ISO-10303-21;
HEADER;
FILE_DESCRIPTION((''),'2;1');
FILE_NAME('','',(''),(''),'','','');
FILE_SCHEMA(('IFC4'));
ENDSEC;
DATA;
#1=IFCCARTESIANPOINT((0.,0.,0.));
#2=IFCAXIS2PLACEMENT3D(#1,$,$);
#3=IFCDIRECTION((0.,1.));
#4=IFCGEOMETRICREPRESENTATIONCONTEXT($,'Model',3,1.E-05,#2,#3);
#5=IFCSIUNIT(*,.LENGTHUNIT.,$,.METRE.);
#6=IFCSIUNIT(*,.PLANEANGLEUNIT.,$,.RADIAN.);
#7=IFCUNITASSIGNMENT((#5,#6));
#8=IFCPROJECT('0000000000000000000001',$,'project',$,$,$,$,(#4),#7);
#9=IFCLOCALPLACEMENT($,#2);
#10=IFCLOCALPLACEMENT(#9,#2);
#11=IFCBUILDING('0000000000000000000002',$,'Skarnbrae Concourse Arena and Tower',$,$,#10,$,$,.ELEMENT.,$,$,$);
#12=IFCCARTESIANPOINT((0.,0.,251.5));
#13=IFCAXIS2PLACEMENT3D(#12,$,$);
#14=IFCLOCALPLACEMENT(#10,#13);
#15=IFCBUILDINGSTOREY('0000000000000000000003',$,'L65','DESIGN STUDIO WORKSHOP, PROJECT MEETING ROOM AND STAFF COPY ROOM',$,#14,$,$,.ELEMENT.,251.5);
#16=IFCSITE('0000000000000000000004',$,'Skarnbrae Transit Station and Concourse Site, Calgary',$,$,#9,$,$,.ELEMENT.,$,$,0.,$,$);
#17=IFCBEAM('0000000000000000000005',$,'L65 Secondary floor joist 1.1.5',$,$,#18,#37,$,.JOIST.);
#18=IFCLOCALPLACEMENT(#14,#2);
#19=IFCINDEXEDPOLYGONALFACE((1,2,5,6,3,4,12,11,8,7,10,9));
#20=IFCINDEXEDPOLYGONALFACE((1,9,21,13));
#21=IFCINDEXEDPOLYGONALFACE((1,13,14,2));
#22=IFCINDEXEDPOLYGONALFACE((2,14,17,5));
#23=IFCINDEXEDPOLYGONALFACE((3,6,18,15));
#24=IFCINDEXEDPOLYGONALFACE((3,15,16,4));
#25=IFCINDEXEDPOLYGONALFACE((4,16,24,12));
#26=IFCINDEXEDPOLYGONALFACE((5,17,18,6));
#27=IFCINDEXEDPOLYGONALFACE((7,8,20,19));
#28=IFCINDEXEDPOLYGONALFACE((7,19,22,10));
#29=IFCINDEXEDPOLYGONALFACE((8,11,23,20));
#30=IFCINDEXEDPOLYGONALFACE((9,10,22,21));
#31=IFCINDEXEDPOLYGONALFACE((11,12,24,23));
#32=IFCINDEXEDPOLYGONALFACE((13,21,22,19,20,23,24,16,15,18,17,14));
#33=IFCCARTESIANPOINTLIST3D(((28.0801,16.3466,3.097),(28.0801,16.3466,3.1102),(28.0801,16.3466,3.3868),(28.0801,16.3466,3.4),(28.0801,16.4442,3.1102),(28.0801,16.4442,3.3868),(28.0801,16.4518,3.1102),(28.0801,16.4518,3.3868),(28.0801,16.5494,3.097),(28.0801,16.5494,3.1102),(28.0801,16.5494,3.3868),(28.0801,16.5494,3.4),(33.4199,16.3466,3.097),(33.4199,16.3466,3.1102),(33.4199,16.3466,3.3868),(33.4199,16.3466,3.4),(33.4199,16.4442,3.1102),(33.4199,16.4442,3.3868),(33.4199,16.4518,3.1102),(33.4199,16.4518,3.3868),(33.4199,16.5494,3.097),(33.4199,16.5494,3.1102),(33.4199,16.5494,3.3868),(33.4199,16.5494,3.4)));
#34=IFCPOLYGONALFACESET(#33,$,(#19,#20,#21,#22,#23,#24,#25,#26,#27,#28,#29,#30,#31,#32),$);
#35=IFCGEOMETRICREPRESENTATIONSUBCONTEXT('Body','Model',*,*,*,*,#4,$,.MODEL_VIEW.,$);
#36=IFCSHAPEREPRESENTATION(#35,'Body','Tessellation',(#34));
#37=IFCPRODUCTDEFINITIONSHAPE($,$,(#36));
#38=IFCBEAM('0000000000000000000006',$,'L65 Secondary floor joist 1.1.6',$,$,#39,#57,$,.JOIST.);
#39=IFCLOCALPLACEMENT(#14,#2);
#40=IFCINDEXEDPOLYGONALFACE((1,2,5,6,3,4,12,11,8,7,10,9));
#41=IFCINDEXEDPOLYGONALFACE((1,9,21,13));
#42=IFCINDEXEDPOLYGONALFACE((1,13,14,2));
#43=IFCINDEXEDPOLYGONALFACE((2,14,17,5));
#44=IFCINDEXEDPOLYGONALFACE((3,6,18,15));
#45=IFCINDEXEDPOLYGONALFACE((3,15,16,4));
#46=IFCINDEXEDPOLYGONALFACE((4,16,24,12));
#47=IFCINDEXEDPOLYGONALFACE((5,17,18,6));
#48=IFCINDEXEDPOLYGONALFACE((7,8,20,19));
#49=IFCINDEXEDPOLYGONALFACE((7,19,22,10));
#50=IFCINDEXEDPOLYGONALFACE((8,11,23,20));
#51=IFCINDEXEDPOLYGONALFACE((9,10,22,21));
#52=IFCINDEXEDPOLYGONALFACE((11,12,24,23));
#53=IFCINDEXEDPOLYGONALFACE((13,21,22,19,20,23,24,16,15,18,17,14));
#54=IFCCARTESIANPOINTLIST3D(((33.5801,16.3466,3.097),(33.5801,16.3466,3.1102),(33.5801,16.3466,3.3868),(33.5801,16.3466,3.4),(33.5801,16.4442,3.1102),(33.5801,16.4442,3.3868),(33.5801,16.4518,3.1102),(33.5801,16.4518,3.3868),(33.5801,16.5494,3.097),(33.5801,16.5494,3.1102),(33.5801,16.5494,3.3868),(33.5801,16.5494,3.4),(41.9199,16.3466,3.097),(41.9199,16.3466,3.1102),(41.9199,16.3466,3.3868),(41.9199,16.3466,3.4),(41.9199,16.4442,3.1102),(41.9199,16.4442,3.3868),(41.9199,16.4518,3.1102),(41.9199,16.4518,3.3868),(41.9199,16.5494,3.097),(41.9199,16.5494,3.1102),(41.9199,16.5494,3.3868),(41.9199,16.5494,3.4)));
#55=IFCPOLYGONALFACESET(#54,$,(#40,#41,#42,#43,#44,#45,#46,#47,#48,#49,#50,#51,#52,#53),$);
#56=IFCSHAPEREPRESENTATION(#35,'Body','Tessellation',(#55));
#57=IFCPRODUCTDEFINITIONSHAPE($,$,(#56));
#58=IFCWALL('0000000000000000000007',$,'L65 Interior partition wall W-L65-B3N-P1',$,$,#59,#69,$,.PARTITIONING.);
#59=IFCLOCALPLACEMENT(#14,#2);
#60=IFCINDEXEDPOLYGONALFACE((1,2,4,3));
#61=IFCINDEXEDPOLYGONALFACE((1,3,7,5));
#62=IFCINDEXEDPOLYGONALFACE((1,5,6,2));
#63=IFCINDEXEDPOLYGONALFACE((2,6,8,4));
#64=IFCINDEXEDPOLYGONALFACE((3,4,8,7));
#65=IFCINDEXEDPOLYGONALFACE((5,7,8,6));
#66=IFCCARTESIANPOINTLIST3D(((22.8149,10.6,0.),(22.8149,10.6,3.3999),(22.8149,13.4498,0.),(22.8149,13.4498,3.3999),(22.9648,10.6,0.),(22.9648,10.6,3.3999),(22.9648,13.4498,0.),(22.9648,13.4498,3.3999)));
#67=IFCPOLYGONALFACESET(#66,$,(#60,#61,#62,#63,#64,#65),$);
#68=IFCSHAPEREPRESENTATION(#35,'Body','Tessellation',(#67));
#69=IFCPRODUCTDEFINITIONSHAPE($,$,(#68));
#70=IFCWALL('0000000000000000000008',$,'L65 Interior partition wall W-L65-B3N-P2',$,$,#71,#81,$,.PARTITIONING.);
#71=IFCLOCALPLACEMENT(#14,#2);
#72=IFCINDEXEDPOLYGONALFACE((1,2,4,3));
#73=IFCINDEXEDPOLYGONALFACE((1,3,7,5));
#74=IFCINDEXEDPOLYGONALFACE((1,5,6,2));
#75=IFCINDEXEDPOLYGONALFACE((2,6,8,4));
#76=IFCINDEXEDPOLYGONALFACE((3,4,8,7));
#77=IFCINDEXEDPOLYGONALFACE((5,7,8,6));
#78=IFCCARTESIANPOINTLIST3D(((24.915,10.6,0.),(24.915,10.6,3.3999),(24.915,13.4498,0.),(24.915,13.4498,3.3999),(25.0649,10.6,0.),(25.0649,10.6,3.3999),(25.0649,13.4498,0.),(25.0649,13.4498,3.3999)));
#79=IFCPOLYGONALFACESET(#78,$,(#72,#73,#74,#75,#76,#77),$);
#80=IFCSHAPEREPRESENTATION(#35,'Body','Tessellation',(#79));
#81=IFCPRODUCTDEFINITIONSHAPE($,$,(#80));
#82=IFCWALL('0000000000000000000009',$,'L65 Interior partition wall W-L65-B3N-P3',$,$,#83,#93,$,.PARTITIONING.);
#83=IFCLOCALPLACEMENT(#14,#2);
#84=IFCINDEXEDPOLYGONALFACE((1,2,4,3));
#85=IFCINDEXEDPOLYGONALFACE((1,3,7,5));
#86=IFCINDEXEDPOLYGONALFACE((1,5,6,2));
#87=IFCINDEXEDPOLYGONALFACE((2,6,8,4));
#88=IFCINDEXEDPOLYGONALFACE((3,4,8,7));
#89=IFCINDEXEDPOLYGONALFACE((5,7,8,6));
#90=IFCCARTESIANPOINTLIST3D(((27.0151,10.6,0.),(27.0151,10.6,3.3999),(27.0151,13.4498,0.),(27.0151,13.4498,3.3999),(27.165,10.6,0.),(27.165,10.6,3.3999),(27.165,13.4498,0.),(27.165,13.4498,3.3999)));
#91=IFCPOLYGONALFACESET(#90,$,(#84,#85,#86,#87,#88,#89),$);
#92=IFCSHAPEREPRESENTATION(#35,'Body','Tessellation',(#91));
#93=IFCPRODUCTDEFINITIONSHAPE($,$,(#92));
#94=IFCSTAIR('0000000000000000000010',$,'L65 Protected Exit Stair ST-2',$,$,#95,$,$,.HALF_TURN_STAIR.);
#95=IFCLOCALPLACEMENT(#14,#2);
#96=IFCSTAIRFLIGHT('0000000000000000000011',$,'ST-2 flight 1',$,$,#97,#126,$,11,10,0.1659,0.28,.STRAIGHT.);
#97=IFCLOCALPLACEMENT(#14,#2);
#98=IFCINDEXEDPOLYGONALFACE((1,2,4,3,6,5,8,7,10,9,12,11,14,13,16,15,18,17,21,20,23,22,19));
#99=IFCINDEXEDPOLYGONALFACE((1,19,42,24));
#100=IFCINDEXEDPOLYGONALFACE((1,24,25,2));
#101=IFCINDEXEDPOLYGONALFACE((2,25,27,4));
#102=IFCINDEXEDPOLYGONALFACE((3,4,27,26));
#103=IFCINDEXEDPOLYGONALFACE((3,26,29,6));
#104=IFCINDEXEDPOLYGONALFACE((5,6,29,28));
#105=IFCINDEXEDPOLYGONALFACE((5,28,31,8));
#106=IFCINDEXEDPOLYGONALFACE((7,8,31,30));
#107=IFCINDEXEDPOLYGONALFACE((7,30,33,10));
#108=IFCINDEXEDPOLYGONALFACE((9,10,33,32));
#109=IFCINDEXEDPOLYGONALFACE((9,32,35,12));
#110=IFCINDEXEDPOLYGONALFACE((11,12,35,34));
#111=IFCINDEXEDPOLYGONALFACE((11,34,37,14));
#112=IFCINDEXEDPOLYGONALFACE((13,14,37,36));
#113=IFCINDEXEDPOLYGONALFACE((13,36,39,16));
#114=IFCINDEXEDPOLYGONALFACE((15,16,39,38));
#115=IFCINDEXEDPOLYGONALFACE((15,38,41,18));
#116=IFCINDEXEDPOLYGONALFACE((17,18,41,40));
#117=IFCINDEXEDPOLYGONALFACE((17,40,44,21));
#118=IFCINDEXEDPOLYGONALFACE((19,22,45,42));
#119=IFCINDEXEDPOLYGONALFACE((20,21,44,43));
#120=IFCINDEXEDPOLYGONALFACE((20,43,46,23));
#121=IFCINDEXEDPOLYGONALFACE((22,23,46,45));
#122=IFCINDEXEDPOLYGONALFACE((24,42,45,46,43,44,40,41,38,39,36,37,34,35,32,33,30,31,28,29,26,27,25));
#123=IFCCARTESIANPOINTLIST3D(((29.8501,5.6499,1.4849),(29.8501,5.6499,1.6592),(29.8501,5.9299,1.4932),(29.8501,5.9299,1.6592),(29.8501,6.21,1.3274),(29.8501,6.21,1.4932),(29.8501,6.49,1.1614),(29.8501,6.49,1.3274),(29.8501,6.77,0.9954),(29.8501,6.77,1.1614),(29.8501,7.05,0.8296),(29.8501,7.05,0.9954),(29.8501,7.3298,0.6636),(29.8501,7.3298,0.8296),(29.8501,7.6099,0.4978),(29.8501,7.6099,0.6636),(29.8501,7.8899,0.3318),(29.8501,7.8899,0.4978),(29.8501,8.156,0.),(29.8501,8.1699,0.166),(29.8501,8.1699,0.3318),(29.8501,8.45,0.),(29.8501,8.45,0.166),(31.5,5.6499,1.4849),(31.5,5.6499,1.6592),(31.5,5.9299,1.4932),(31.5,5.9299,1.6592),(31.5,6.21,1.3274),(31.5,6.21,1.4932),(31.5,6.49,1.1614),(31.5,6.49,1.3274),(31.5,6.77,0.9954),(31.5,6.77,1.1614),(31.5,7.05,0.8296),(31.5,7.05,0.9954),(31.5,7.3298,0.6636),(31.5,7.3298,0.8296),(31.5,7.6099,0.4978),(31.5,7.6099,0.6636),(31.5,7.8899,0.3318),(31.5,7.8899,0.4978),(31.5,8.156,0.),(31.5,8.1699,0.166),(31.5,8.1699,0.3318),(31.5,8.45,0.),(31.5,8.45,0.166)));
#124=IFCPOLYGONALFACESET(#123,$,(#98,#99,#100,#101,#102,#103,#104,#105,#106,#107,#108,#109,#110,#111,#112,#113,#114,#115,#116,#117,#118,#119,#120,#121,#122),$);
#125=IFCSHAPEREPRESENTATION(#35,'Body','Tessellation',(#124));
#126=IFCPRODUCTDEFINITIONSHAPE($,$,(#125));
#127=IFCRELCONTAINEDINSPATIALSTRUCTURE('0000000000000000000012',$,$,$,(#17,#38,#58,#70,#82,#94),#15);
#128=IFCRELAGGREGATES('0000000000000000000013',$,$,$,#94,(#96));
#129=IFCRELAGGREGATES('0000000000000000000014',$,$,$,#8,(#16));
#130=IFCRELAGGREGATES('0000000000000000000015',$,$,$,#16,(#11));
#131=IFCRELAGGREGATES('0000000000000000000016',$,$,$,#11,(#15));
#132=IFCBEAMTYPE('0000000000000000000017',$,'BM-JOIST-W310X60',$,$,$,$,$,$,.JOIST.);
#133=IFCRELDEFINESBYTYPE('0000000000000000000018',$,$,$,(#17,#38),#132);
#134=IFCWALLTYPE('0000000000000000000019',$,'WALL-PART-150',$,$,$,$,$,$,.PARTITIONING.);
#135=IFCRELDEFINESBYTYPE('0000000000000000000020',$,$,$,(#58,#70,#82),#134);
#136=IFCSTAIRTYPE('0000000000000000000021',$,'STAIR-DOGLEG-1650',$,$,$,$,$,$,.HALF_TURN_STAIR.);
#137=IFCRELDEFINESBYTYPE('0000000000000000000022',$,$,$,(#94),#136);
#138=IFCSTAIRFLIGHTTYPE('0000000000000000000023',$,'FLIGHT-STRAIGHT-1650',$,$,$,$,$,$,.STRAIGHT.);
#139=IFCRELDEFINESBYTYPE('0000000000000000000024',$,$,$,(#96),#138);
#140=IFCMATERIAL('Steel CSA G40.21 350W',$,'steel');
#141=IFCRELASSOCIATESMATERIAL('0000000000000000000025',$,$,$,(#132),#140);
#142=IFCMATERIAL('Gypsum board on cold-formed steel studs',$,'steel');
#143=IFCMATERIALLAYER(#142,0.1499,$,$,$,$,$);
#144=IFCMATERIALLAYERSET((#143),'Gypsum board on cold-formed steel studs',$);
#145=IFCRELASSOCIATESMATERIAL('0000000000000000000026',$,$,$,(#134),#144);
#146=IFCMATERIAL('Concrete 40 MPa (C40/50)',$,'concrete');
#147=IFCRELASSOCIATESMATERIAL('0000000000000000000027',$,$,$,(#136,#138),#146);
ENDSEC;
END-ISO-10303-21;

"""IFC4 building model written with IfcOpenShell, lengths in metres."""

from ifc_helpers import new_model, si_unit, direction, frame, frame_2d, origin, origin_2d, place, context, subcontext, project, spatial, polyline, rectangle, i_section, outline, extrude, source, transform, mapped, material, layer, layer_set, material_profile, profile_set, type_object, element, aggregate, save


model = new_model("IFC4")

# Units and contexts
model_context = context("Model", 3, precision=1e-05, world=origin(), true_north=direction((0.0, 1.0)))
body_context = subcontext(model_context, "Body", "Model", "MODEL_VIEW")
ifc_project = project(units=[si_unit("LENGTHUNIT", "METRE"), si_unit("PLANEANGLEUNIT", "RADIAN")], contexts=[model_context])

# Site, building, storey
site_placement = place(None, origin())
site = spatial("IfcSite", under=ifc_project, at=site_placement, Name="Skarnbrae Transit Station and Concourse Site, Calgary", CompositionType="ELEMENT", RefElevation=0.0)
building_placement = place(site_placement, origin())
building = spatial("IfcBuilding", under=site, at=building_placement, Name="Skarnbrae Concourse Arena and Tower", CompositionType="ELEMENT")
storey_placement = place(building_placement, frame((0.0, 0.0, 251.5)))
storey = spatial("IfcBuildingStorey", under=building, at=storey_placement, Name="L65", Description="DESIGN STUDIO WORKSHOP, PROJECT MEETING ROOM AND STAFF COPY ROOM", CompositionType="ELEMENT", Elevation=251.5)

# Shared definitions
ifc_material_1 = material(Name="Steel CSA G40.21 350W", Category="steel")

# Beams
ifc_material_profile_1 = material_profile(ifc_material_1, i_section(OverallWidth=0.2029, OverallDepth=0.303, WebThickness=0.0076, FlangeThickness=0.0132, at=origin_2d()), Name="W310X60")
ifc_profile_set_1 = profile_set([ifc_material_profile_1], Name="Steel CSA G40.21 350W")
beam_type_1 = type_object("IfcBeamType", Name="BM-JOIST-W310X60", PredefinedType="JOIST", material=ifc_profile_set_1)
shared_shape_1 = source(origin(), body_context, "Body", "SweptSolid", [
    extrude(i_section(OverallWidth=0.2029, OverallDepth=0.303, WebThickness=0.0076, FlangeThickness=0.0132, at=origin_2d()), origin(), (0.0, 0.0, 1.0), 5.3398),
])
beam_1_placement = place(storey_placement, frame((28.0801, 16.448, 3.2485), z_axis=(1.0, 0.0, 0.0), x_axis=(0.0, 1.0, 0.0)))
element("IfcBeam", 1, at=beam_1_placement, inside=storey, type_object=beam_type_1, Name="L65 Secondary floor joist 1.1.5", PredefinedType="JOIST", context=body_context, shape_type="MappedRepresentation", body=[
    mapped(shared_shape_1, transform((0.0, 0.0, 0.0))),
])
shared_shape_2 = source(origin(), body_context, "Body", "SweptSolid", [
    extrude(i_section(OverallWidth=0.2029, OverallDepth=0.303, WebThickness=0.0076, FlangeThickness=0.0132, at=origin_2d()), origin(), (0.0, 0.0, 1.0), 8.3398),
])
beam_2_placement = place(storey_placement, frame((33.5801, 16.448, 3.2485), z_axis=(1.0, 0.0, 0.0), x_axis=(0.0, 1.0, 0.0)))
element("IfcBeam", 2, at=beam_2_placement, inside=storey, type_object=beam_type_1, Name="L65 Secondary floor joist 1.1.6", PredefinedType="JOIST", context=body_context, shape_type="MappedRepresentation", body=[
    mapped(shared_shape_2, transform((0.0, 0.0, 0.0))),
])

# Walls
ifc_material_2 = material(Name="Gypsum board on cold-formed steel studs", Category="steel")
ifc_layer_1 = layer(ifc_material_2, 0.1499)
ifc_layer_set_1 = layer_set([ifc_layer_1], Name="Gypsum board on cold-formed steel studs")
wall_type_1 = type_object("IfcWallType", Name="WALL-PART-150", PredefinedType="PARTITIONING", material=ifc_layer_set_1)
shared_shape_3 = source(origin(), body_context, "Body", "SweptSolid", [
    extrude(rectangle(XDim=2.8499, YDim=0.1499, at=frame_2d((1.4248, 0.0))), origin(), (0.0, 0.0, 1.0), 3.3999),
])
for number, where, z_axis, x_axis, name in (
    (3, (22.8899, 10.6001, 0.0), (0.0, 0.0, 1.0), (0.0, 1.0, 0.0), "L65 Interior partition wall W-L65-B3N-P1"),
    (4, (24.99, 10.6001, 0.0), (0.0, 0.0, 1.0), (0.0, 1.0, 0.0), "L65 Interior partition wall W-L65-B3N-P2"),
    (5, (27.0901, 10.6001, 0.0), (0.0, 0.0, 1.0), (0.0, 1.0, 0.0), "L65 Interior partition wall W-L65-B3N-P3"),
):
    element("IfcWall", number, at=place(storey_placement, frame(where, z_axis=z_axis, x_axis=x_axis)), inside=storey, type_object=wall_type_1, Name=name, PredefinedType="PARTITIONING", context=body_context, shape_type="MappedRepresentation", body=[
        mapped(shared_shape_3, transform((0.0, 0.0, 0.0))),
    ])

# Stair, stair flight
ifc_material_3 = material(Name="Concrete 40 MPa (C40/50)", Category="concrete")
stair_type = type_object("IfcStairType", Name="STAIR-DOGLEG-1650", PredefinedType="HALF_TURN_STAIR", material=ifc_material_3)
stair_placement = place(storey_placement, origin())
stair = element("IfcStair", 6, at=stair_placement, inside=storey, type_object=stair_type, Name="L65 Protected Exit Stair ST-2", PredefinedType="HALF_TURN_STAIR")
stair_flight_type = type_object("IfcStairFlightType", Name="FLIGHT-STRAIGHT-1650", PredefinedType="STRAIGHT", material=ifc_material_3)
shared_shape_4 = source(origin(), body_context, "Body", "SweptSolid", [
    extrude(outline(polyline([(0.0, 0.0), (0.0, 0.166), (0.28, 0.166), (0.28, 0.3318), (0.5601, 0.3318), (0.5601, 0.4978), (0.8401, 0.4978), (0.8401, 0.6636), (1.1201, 0.6636), (1.1201, 0.8296), (1.3999, 0.8296), (1.3999, 0.9954), (1.6799, 0.9954), (1.6799, 1.1614), (1.96, 1.1614), (1.96, 1.3274), (2.24, 1.3274), (2.24, 1.4932), (2.52, 1.4932), (2.52, 1.6592), (2.8, 1.6592), (2.8, 1.825), (2.8, 1.4849), (0.2939, 0.0), (0.0, 0.0)])), frame((0.0, 0.825, 0.0), z_axis=(0.0, -1.0, 0.0), x_axis=(1.0, 0.0, 0.0)), (0.0, 0.0, 1.0), 1.6499),
])
stair_flight_placement = place(storey_placement, frame((30.675, 8.45, 0.0), z_axis=(0.0, 0.0, 1.0), x_axis=(0.0, -1.0, 0.0)))
stair_flight = element("IfcStairFlight", 7, at=stair_flight_placement, type_object=stair_flight_type, Name="ST-2 flight 1", NumberOfRisers=11, NumberOfTreads=10, PredefinedType="STRAIGHT", RiserHeight=0.1659, TreadLength=0.28, context=body_context, shape_type="MappedRepresentation", body=[
    mapped(shared_shape_4, transform((0.0, 0.0, 0.0))),
])
aggregate(stair, [stair_flight])

save(model, "model.ifc")
